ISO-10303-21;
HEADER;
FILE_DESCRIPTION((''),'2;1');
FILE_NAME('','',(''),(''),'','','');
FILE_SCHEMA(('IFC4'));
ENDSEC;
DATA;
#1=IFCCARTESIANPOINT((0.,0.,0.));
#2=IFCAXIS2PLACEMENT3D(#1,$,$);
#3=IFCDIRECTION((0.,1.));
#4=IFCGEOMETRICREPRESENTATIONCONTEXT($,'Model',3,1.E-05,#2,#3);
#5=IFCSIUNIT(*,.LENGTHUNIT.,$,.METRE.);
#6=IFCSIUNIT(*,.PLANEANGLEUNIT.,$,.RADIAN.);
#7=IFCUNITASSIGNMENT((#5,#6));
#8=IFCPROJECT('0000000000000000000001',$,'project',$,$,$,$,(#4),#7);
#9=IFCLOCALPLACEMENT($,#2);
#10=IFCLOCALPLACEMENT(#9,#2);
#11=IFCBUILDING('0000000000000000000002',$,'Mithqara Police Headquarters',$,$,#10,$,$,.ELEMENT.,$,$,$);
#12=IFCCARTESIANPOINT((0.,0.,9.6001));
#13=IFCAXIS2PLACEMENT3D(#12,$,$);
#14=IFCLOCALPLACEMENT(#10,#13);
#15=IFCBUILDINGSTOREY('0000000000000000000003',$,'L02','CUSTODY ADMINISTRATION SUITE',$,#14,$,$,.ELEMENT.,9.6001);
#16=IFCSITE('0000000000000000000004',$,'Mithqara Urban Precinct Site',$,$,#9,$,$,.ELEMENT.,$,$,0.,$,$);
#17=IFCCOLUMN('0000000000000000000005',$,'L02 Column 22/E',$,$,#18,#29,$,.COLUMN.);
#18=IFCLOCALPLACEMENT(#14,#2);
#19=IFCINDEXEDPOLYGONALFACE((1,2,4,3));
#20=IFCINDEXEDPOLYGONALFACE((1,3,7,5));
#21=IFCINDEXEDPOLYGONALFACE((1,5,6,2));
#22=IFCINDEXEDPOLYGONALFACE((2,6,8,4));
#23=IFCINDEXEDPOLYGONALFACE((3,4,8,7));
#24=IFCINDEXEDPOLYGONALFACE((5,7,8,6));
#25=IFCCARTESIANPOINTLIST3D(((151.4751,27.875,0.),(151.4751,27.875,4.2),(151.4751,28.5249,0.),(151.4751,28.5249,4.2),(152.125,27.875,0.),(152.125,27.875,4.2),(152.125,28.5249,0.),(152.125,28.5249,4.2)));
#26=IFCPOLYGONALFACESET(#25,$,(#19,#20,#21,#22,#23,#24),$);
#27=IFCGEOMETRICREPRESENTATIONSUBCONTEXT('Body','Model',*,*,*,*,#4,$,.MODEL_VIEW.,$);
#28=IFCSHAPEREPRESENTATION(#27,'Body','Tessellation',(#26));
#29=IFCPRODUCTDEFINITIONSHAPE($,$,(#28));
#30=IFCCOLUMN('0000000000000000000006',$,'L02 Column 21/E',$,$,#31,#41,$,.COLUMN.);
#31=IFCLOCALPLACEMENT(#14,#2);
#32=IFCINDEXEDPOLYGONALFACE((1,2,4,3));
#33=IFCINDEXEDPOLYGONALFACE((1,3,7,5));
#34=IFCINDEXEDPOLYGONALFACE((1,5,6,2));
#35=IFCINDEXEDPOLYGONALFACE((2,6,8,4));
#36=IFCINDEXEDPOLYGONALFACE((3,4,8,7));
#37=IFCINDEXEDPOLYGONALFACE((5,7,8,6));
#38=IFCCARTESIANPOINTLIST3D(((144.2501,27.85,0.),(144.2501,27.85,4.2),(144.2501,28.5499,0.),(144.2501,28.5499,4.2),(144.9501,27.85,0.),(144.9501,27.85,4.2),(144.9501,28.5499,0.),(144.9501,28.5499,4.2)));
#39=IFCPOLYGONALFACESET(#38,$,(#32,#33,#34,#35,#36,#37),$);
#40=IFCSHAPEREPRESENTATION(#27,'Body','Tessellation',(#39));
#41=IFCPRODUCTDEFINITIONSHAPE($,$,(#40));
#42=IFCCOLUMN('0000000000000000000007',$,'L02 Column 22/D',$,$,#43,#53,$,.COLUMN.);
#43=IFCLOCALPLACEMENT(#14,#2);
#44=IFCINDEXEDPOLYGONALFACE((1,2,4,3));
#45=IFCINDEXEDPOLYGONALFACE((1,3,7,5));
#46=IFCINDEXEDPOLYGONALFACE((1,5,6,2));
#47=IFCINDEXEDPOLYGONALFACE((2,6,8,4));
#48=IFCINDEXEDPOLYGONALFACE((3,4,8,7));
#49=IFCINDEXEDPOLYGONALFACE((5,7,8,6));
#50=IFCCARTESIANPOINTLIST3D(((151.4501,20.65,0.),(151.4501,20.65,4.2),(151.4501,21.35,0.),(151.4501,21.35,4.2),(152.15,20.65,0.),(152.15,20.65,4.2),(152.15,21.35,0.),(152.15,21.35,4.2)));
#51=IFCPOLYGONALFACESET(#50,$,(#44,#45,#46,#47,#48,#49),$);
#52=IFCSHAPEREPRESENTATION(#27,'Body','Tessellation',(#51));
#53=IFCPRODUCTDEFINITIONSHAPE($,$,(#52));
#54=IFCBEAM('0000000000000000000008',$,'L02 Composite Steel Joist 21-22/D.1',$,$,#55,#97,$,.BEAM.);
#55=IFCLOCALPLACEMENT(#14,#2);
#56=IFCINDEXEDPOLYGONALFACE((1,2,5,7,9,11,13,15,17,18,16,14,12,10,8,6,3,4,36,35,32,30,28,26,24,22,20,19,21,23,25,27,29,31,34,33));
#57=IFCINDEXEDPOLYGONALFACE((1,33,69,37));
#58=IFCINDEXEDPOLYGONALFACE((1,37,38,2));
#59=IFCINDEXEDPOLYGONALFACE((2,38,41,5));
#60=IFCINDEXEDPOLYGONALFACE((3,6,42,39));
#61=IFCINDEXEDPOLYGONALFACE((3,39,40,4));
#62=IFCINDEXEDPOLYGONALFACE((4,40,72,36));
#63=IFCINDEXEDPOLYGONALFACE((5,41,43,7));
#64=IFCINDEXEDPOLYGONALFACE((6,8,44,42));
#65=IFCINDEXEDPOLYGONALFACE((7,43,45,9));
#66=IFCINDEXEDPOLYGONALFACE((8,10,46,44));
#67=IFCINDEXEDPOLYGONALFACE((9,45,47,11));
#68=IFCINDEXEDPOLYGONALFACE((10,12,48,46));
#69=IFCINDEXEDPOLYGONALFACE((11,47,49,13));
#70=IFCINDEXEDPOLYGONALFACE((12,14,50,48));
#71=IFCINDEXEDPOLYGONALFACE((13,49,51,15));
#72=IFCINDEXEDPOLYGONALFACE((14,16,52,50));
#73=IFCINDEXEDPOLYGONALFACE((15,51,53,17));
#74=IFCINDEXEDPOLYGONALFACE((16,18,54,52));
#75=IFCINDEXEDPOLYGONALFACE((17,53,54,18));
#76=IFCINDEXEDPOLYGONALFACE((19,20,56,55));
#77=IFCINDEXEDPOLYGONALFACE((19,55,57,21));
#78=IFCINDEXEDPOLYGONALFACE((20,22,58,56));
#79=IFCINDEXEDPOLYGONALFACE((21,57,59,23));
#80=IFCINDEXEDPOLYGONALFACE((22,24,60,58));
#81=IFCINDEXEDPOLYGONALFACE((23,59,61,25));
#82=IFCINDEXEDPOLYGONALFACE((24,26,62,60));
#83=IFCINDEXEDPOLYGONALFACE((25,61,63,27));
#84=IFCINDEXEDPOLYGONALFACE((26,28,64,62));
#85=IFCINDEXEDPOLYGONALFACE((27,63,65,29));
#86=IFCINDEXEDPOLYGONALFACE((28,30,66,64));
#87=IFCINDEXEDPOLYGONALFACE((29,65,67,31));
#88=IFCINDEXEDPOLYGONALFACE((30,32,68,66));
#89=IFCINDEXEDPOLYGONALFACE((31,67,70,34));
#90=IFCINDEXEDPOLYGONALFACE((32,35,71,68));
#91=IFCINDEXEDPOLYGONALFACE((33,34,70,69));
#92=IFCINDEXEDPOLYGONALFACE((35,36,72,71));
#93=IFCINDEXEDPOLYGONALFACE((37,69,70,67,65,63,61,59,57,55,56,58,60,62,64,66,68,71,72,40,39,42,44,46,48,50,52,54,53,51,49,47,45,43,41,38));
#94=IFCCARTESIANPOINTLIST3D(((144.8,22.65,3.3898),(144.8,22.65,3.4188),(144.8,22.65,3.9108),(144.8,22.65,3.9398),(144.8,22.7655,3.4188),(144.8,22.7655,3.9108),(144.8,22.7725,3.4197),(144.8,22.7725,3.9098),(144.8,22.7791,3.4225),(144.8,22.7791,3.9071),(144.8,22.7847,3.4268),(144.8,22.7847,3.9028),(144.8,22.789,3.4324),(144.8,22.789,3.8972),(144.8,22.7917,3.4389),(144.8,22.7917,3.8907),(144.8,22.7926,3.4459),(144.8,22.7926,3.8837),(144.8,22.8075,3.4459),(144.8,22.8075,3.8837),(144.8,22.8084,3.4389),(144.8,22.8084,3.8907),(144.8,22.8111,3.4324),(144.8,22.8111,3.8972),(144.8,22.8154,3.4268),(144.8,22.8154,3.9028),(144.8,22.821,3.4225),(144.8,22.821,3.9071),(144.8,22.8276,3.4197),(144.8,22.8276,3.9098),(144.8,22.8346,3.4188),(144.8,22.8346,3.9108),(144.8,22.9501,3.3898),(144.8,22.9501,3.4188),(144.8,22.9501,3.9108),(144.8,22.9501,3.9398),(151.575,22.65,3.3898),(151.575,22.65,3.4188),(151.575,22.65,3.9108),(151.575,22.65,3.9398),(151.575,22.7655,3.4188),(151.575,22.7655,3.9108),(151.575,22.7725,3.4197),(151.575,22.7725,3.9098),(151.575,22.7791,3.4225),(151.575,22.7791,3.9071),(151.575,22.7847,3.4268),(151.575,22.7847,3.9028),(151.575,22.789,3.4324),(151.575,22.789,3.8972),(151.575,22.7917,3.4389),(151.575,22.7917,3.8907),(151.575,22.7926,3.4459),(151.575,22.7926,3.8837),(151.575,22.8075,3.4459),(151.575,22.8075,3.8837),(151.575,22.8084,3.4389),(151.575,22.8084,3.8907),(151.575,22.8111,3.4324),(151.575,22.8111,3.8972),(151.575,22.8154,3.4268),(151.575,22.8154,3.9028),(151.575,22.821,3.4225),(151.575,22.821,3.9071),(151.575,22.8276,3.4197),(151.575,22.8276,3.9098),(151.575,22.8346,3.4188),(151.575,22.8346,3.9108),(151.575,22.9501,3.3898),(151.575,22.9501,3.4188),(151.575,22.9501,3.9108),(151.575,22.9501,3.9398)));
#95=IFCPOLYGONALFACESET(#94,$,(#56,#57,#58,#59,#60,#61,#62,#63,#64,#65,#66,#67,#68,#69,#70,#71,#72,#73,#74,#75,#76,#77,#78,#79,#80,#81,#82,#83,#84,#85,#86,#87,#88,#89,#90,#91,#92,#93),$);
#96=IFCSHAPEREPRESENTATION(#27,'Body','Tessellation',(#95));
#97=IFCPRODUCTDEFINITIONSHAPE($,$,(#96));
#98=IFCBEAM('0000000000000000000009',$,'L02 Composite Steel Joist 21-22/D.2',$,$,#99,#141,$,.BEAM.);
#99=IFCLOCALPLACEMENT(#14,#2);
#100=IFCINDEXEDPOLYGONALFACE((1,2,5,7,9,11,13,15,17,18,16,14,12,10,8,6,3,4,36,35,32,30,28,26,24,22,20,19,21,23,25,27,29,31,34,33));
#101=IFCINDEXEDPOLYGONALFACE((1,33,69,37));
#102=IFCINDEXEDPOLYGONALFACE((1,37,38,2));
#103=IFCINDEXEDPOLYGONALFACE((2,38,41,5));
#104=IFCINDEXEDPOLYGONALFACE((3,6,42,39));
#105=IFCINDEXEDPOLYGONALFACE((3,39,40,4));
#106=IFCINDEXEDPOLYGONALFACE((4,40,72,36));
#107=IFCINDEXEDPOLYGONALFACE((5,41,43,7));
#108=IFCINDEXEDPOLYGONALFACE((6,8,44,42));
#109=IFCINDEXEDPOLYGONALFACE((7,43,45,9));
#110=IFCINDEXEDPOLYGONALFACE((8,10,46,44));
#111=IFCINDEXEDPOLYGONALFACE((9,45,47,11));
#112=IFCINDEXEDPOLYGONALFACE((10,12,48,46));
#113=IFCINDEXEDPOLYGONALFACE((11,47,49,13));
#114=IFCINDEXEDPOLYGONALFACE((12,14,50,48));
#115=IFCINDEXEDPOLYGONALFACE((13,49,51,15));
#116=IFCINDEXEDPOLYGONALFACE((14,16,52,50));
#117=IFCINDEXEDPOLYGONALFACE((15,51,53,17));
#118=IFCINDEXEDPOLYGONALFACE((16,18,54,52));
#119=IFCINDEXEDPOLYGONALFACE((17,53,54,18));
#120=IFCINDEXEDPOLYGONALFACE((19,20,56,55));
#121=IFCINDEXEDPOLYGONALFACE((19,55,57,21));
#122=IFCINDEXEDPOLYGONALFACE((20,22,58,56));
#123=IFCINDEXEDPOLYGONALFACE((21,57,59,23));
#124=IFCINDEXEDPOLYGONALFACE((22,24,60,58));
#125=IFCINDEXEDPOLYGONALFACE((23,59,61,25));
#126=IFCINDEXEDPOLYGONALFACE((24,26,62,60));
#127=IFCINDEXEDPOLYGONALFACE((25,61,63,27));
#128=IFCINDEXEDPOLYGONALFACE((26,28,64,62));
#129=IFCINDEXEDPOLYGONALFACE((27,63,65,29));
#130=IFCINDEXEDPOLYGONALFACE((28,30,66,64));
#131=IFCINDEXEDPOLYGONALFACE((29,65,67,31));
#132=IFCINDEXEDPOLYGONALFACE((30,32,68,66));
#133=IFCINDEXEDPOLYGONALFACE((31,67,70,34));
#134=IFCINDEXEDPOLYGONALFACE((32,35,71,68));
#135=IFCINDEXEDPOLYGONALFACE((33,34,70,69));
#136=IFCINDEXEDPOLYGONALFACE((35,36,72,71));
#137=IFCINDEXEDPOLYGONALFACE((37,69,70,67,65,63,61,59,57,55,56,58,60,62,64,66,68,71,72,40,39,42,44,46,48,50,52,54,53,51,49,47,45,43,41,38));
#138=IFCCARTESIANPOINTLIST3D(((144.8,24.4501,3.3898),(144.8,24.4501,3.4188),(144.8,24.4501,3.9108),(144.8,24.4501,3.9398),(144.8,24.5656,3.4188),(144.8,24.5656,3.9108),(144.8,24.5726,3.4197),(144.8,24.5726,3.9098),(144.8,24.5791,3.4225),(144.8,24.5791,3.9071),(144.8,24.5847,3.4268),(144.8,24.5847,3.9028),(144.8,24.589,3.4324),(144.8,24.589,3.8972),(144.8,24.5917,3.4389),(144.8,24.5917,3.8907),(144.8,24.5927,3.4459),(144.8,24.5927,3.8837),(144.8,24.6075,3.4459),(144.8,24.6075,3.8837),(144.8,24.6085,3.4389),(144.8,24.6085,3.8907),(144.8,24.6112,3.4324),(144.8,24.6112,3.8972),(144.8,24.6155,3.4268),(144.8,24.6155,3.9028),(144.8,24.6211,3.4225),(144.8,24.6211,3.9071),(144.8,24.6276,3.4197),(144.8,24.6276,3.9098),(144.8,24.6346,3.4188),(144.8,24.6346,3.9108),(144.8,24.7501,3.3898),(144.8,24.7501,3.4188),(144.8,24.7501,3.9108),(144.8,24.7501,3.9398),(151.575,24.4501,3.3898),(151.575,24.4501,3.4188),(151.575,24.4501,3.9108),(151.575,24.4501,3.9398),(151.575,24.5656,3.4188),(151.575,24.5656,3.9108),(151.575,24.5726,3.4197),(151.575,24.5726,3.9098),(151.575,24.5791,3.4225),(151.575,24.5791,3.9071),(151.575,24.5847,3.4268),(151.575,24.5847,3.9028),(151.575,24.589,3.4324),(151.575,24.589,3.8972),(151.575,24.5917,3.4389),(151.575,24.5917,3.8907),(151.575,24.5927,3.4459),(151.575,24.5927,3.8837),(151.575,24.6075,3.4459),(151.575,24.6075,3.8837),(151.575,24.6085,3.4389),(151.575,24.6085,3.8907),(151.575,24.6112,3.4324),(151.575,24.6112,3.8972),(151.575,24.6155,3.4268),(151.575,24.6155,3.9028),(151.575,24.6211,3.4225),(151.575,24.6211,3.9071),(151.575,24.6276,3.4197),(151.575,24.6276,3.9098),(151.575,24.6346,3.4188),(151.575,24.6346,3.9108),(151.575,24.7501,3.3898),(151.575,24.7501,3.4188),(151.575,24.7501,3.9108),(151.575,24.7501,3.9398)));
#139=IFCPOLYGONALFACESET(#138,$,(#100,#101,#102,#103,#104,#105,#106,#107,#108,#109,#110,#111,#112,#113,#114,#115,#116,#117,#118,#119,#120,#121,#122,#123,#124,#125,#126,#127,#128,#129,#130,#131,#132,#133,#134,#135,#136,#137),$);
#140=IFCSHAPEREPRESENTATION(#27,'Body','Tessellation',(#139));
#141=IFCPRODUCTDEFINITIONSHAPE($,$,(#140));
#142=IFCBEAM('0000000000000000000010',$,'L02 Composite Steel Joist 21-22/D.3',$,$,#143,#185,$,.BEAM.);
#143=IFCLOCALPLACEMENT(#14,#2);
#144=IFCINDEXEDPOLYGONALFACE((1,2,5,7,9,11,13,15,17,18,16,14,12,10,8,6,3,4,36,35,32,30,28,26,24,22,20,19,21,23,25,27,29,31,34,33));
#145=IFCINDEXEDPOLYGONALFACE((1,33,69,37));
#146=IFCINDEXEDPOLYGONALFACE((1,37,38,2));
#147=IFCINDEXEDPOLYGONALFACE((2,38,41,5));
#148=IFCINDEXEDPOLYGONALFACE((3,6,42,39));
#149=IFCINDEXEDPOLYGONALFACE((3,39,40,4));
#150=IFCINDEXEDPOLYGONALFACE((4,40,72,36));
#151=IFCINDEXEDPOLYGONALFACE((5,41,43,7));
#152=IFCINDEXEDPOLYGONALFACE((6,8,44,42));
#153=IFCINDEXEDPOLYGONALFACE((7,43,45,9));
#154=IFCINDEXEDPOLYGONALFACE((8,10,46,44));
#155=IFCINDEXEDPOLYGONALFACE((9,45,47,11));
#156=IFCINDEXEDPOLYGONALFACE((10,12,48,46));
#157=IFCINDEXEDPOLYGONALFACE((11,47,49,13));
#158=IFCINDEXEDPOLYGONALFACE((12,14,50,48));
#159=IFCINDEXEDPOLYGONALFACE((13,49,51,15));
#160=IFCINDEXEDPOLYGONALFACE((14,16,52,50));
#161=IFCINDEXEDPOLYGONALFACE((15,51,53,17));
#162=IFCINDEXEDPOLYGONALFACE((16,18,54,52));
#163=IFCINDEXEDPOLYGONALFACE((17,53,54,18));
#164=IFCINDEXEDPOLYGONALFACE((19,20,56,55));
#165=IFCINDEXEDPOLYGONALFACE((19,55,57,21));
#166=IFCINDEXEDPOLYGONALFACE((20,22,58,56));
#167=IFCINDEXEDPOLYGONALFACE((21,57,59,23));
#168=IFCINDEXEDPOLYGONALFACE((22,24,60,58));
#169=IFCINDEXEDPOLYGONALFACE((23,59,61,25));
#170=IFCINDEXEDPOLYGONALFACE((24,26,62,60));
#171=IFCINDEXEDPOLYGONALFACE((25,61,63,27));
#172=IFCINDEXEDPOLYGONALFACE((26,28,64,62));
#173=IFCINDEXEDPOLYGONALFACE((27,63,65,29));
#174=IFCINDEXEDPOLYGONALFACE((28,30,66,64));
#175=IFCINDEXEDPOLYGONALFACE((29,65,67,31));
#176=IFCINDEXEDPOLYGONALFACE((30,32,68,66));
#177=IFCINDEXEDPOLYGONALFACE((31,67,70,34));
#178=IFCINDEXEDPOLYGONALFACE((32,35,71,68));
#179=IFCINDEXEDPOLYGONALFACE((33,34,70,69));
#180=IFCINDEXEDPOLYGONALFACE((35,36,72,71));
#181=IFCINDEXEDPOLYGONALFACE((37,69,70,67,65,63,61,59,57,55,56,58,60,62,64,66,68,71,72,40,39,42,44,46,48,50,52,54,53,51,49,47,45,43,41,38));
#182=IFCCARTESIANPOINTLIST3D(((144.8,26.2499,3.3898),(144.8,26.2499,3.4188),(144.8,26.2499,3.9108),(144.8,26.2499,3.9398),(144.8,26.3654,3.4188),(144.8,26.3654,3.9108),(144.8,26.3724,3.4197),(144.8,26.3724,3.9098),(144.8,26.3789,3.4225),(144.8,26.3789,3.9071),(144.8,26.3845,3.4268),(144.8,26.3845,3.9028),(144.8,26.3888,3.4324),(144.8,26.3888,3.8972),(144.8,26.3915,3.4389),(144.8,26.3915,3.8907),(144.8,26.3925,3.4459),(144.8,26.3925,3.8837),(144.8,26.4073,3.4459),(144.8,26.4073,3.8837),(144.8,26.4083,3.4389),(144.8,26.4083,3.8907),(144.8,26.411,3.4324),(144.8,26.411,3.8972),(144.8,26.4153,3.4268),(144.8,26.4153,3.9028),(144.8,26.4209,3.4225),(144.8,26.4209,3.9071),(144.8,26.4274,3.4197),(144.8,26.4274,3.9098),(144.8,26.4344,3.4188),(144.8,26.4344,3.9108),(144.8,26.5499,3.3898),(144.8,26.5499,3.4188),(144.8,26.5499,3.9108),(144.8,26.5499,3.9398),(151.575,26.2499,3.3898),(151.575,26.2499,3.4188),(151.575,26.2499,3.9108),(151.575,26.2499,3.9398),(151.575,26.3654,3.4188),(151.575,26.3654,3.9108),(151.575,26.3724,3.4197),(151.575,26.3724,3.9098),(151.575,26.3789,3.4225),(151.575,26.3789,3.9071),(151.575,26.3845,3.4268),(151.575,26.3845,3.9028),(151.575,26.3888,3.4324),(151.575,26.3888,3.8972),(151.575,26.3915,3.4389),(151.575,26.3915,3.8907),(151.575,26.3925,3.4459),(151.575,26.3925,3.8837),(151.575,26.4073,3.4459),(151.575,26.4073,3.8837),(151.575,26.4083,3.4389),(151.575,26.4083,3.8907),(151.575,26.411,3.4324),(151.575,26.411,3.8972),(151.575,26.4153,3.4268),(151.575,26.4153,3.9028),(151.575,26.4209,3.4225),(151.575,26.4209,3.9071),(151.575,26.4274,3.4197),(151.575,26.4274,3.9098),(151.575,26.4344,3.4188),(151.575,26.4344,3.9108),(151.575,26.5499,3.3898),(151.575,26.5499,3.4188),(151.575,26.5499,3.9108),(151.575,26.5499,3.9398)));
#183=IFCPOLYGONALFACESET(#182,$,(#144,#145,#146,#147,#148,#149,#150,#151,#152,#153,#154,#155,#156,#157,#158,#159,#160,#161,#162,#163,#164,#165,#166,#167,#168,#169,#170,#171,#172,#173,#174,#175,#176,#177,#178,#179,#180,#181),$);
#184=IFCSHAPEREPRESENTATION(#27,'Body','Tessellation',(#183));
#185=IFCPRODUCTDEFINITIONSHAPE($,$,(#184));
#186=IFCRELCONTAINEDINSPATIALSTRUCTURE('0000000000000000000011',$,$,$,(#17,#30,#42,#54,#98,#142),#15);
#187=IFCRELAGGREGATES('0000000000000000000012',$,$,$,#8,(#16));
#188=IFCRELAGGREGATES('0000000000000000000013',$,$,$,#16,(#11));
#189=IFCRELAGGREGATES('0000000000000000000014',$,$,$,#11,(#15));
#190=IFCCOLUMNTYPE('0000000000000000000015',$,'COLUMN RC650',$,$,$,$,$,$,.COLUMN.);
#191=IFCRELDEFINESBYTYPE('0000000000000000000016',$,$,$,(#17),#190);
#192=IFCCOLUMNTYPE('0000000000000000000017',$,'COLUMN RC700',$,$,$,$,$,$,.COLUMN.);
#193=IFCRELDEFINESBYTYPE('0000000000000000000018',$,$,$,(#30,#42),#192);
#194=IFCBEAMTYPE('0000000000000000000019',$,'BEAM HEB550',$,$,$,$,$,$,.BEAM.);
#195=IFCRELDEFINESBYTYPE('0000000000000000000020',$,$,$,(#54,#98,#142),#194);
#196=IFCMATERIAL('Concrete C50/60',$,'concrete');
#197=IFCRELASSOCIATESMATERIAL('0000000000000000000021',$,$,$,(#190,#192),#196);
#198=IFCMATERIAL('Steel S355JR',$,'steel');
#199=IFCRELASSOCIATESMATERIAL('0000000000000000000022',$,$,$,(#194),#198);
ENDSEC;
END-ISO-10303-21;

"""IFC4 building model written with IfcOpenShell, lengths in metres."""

from ifc_helpers import new_model, si_unit, direction, frame, origin, origin_2d, place, context, subcontext, project, spatial, rectangle, i_section, extrude, material, material_profile, profile_set, type_object, element, save


model = new_model("IFC4")

# Units and contexts
model_context = context("Model", 3, precision=1e-05, world=origin(), true_north=direction((0.0, 1.0)))
body_context = subcontext(model_context, "Body", "Model", "MODEL_VIEW")
ifc_project = project(units=[si_unit("LENGTHUNIT", "METRE"), si_unit("PLANEANGLEUNIT", "RADIAN")], contexts=[model_context])

# Site, building, storey
site_placement = place(None, origin())
site = spatial("IfcSite", under=ifc_project, at=site_placement, Name="Mithqara Urban Precinct Site", CompositionType="ELEMENT", RefElevation=0.0)
building_placement = place(site_placement, origin())
building = spatial("IfcBuilding", under=site, at=building_placement, Name="Mithqara Police Headquarters", CompositionType="ELEMENT")
storey_placement = place(building_placement, frame((0.0, 0.0, 9.6001)))
storey = spatial("IfcBuildingStorey", under=building, at=storey_placement, Name="L02", Description="CUSTODY ADMINISTRATION SUITE", CompositionType="ELEMENT", Elevation=9.6001)

# Columns
ifc_material_1 = material(Name="Concrete C50/60", Category="concrete")
ifc_material_profile_1 = material_profile(ifc_material_1, rectangle(XDim=0.6499, YDim=0.6499, at=origin_2d()), Name="RC 650x650")
ifc_profile_set_1 = profile_set([ifc_material_profile_1], Name="Concrete C50/60")
column_type_1 = type_object("IfcColumnType", Name="COLUMN RC650", PredefinedType="COLUMN", material=ifc_profile_set_1)
column_placement = place(storey_placement, frame((151.8, 28.2, 0.0), z_axis=(0.0, 0.0, 1.0), x_axis=(1.0, 0.0, 0.0)))
element("IfcColumn", 1, at=column_placement, inside=storey, type_object=column_type_1, Name="L02 Column 22/E", PredefinedType="COLUMN", context=body_context, shape_type="SweptSolid", body=[
    extrude(rectangle(XDim=0.6499, YDim=0.6499, at=origin_2d()), origin(), (0.0, 0.0, 1.0), 4.2),
])
ifc_material_profile_2 = material_profile(ifc_material_1, rectangle(XDim=0.7, YDim=0.7, at=origin_2d()), Name="RC 700x700")
ifc_profile_set_2 = profile_set([ifc_material_profile_2], Name="Concrete C50/60")
column_type_2 = type_object("IfcColumnType", Name="COLUMN RC700", PredefinedType="COLUMN", material=ifc_profile_set_2)
for number, where, z_axis, x_axis, name in (
    (2, (144.6001, 28.2, 0.0), (0.0, 0.0, 1.0), (1.0, 0.0, 0.0), "L02 Column 21/E"),
    (3, (151.8, 21.0, 0.0), (0.0, 0.0, 1.0), (1.0, 0.0, 0.0), "L02 Column 22/D"),
):
    element("IfcColumn", number, at=place(storey_placement, frame(where, z_axis=z_axis, x_axis=x_axis)), inside=storey, type_object=column_type_2, Name=name, PredefinedType="COLUMN", context=body_context, shape_type="SweptSolid", body=[
        extrude(rectangle(XDim=0.7, YDim=0.7, at=origin_2d()), origin(), (0.0, 0.0, 1.0), 4.2),
    ])

# Beams
ifc_material_2 = material(Name="Steel S355JR", Category="steel")
ifc_material_profile_3 = material_profile(ifc_material_2, i_section(OverallWidth=0.3, OverallDepth=0.55, WebThickness=0.0149, FlangeThickness=0.0291, FilletRadius=0.0271, at=origin_2d()), Name="HEB 550")
ifc_profile_set_3 = profile_set([ifc_material_profile_3], Name="Steel S355JR")
beam_type_1 = type_object("IfcBeamType", Name="BEAM HEB550", PredefinedType="BEAM", material=ifc_profile_set_3)
for number, where, z_axis, x_axis, name in (
    (4, (144.8, 22.8, 3.6648), (1.0, 0.0, 0.0), (0.0, 1.0, 0.0), "L02 Composite Steel Joist 21-22/D.1"),
    (5, (144.8, 24.6001, 3.6648), (1.0, 0.0, 0.0), (0.0, 1.0, 0.0), "L02 Composite Steel Joist 21-22/D.2"),
    (6, (144.8, 26.3999, 3.6648), (1.0, 0.0, 0.0), (0.0, 1.0, 0.0), "L02 Composite Steel Joist 21-22/D.3"),
):
    element("IfcBeam", number, at=place(storey_placement, frame(where, z_axis=z_axis, x_axis=x_axis)), inside=storey, type_object=beam_type_1, Name=name, PredefinedType="BEAM", context=body_context, shape_type="SweptSolid", body=[
        extrude(i_section(OverallWidth=0.3, OverallDepth=0.55, WebThickness=0.0149, FlangeThickness=0.0291, FilletRadius=0.0271, at=origin_2d()), origin(), (0.0, 0.0, 1.0), 6.7749),
    ])

save(model, "model.ifc")
